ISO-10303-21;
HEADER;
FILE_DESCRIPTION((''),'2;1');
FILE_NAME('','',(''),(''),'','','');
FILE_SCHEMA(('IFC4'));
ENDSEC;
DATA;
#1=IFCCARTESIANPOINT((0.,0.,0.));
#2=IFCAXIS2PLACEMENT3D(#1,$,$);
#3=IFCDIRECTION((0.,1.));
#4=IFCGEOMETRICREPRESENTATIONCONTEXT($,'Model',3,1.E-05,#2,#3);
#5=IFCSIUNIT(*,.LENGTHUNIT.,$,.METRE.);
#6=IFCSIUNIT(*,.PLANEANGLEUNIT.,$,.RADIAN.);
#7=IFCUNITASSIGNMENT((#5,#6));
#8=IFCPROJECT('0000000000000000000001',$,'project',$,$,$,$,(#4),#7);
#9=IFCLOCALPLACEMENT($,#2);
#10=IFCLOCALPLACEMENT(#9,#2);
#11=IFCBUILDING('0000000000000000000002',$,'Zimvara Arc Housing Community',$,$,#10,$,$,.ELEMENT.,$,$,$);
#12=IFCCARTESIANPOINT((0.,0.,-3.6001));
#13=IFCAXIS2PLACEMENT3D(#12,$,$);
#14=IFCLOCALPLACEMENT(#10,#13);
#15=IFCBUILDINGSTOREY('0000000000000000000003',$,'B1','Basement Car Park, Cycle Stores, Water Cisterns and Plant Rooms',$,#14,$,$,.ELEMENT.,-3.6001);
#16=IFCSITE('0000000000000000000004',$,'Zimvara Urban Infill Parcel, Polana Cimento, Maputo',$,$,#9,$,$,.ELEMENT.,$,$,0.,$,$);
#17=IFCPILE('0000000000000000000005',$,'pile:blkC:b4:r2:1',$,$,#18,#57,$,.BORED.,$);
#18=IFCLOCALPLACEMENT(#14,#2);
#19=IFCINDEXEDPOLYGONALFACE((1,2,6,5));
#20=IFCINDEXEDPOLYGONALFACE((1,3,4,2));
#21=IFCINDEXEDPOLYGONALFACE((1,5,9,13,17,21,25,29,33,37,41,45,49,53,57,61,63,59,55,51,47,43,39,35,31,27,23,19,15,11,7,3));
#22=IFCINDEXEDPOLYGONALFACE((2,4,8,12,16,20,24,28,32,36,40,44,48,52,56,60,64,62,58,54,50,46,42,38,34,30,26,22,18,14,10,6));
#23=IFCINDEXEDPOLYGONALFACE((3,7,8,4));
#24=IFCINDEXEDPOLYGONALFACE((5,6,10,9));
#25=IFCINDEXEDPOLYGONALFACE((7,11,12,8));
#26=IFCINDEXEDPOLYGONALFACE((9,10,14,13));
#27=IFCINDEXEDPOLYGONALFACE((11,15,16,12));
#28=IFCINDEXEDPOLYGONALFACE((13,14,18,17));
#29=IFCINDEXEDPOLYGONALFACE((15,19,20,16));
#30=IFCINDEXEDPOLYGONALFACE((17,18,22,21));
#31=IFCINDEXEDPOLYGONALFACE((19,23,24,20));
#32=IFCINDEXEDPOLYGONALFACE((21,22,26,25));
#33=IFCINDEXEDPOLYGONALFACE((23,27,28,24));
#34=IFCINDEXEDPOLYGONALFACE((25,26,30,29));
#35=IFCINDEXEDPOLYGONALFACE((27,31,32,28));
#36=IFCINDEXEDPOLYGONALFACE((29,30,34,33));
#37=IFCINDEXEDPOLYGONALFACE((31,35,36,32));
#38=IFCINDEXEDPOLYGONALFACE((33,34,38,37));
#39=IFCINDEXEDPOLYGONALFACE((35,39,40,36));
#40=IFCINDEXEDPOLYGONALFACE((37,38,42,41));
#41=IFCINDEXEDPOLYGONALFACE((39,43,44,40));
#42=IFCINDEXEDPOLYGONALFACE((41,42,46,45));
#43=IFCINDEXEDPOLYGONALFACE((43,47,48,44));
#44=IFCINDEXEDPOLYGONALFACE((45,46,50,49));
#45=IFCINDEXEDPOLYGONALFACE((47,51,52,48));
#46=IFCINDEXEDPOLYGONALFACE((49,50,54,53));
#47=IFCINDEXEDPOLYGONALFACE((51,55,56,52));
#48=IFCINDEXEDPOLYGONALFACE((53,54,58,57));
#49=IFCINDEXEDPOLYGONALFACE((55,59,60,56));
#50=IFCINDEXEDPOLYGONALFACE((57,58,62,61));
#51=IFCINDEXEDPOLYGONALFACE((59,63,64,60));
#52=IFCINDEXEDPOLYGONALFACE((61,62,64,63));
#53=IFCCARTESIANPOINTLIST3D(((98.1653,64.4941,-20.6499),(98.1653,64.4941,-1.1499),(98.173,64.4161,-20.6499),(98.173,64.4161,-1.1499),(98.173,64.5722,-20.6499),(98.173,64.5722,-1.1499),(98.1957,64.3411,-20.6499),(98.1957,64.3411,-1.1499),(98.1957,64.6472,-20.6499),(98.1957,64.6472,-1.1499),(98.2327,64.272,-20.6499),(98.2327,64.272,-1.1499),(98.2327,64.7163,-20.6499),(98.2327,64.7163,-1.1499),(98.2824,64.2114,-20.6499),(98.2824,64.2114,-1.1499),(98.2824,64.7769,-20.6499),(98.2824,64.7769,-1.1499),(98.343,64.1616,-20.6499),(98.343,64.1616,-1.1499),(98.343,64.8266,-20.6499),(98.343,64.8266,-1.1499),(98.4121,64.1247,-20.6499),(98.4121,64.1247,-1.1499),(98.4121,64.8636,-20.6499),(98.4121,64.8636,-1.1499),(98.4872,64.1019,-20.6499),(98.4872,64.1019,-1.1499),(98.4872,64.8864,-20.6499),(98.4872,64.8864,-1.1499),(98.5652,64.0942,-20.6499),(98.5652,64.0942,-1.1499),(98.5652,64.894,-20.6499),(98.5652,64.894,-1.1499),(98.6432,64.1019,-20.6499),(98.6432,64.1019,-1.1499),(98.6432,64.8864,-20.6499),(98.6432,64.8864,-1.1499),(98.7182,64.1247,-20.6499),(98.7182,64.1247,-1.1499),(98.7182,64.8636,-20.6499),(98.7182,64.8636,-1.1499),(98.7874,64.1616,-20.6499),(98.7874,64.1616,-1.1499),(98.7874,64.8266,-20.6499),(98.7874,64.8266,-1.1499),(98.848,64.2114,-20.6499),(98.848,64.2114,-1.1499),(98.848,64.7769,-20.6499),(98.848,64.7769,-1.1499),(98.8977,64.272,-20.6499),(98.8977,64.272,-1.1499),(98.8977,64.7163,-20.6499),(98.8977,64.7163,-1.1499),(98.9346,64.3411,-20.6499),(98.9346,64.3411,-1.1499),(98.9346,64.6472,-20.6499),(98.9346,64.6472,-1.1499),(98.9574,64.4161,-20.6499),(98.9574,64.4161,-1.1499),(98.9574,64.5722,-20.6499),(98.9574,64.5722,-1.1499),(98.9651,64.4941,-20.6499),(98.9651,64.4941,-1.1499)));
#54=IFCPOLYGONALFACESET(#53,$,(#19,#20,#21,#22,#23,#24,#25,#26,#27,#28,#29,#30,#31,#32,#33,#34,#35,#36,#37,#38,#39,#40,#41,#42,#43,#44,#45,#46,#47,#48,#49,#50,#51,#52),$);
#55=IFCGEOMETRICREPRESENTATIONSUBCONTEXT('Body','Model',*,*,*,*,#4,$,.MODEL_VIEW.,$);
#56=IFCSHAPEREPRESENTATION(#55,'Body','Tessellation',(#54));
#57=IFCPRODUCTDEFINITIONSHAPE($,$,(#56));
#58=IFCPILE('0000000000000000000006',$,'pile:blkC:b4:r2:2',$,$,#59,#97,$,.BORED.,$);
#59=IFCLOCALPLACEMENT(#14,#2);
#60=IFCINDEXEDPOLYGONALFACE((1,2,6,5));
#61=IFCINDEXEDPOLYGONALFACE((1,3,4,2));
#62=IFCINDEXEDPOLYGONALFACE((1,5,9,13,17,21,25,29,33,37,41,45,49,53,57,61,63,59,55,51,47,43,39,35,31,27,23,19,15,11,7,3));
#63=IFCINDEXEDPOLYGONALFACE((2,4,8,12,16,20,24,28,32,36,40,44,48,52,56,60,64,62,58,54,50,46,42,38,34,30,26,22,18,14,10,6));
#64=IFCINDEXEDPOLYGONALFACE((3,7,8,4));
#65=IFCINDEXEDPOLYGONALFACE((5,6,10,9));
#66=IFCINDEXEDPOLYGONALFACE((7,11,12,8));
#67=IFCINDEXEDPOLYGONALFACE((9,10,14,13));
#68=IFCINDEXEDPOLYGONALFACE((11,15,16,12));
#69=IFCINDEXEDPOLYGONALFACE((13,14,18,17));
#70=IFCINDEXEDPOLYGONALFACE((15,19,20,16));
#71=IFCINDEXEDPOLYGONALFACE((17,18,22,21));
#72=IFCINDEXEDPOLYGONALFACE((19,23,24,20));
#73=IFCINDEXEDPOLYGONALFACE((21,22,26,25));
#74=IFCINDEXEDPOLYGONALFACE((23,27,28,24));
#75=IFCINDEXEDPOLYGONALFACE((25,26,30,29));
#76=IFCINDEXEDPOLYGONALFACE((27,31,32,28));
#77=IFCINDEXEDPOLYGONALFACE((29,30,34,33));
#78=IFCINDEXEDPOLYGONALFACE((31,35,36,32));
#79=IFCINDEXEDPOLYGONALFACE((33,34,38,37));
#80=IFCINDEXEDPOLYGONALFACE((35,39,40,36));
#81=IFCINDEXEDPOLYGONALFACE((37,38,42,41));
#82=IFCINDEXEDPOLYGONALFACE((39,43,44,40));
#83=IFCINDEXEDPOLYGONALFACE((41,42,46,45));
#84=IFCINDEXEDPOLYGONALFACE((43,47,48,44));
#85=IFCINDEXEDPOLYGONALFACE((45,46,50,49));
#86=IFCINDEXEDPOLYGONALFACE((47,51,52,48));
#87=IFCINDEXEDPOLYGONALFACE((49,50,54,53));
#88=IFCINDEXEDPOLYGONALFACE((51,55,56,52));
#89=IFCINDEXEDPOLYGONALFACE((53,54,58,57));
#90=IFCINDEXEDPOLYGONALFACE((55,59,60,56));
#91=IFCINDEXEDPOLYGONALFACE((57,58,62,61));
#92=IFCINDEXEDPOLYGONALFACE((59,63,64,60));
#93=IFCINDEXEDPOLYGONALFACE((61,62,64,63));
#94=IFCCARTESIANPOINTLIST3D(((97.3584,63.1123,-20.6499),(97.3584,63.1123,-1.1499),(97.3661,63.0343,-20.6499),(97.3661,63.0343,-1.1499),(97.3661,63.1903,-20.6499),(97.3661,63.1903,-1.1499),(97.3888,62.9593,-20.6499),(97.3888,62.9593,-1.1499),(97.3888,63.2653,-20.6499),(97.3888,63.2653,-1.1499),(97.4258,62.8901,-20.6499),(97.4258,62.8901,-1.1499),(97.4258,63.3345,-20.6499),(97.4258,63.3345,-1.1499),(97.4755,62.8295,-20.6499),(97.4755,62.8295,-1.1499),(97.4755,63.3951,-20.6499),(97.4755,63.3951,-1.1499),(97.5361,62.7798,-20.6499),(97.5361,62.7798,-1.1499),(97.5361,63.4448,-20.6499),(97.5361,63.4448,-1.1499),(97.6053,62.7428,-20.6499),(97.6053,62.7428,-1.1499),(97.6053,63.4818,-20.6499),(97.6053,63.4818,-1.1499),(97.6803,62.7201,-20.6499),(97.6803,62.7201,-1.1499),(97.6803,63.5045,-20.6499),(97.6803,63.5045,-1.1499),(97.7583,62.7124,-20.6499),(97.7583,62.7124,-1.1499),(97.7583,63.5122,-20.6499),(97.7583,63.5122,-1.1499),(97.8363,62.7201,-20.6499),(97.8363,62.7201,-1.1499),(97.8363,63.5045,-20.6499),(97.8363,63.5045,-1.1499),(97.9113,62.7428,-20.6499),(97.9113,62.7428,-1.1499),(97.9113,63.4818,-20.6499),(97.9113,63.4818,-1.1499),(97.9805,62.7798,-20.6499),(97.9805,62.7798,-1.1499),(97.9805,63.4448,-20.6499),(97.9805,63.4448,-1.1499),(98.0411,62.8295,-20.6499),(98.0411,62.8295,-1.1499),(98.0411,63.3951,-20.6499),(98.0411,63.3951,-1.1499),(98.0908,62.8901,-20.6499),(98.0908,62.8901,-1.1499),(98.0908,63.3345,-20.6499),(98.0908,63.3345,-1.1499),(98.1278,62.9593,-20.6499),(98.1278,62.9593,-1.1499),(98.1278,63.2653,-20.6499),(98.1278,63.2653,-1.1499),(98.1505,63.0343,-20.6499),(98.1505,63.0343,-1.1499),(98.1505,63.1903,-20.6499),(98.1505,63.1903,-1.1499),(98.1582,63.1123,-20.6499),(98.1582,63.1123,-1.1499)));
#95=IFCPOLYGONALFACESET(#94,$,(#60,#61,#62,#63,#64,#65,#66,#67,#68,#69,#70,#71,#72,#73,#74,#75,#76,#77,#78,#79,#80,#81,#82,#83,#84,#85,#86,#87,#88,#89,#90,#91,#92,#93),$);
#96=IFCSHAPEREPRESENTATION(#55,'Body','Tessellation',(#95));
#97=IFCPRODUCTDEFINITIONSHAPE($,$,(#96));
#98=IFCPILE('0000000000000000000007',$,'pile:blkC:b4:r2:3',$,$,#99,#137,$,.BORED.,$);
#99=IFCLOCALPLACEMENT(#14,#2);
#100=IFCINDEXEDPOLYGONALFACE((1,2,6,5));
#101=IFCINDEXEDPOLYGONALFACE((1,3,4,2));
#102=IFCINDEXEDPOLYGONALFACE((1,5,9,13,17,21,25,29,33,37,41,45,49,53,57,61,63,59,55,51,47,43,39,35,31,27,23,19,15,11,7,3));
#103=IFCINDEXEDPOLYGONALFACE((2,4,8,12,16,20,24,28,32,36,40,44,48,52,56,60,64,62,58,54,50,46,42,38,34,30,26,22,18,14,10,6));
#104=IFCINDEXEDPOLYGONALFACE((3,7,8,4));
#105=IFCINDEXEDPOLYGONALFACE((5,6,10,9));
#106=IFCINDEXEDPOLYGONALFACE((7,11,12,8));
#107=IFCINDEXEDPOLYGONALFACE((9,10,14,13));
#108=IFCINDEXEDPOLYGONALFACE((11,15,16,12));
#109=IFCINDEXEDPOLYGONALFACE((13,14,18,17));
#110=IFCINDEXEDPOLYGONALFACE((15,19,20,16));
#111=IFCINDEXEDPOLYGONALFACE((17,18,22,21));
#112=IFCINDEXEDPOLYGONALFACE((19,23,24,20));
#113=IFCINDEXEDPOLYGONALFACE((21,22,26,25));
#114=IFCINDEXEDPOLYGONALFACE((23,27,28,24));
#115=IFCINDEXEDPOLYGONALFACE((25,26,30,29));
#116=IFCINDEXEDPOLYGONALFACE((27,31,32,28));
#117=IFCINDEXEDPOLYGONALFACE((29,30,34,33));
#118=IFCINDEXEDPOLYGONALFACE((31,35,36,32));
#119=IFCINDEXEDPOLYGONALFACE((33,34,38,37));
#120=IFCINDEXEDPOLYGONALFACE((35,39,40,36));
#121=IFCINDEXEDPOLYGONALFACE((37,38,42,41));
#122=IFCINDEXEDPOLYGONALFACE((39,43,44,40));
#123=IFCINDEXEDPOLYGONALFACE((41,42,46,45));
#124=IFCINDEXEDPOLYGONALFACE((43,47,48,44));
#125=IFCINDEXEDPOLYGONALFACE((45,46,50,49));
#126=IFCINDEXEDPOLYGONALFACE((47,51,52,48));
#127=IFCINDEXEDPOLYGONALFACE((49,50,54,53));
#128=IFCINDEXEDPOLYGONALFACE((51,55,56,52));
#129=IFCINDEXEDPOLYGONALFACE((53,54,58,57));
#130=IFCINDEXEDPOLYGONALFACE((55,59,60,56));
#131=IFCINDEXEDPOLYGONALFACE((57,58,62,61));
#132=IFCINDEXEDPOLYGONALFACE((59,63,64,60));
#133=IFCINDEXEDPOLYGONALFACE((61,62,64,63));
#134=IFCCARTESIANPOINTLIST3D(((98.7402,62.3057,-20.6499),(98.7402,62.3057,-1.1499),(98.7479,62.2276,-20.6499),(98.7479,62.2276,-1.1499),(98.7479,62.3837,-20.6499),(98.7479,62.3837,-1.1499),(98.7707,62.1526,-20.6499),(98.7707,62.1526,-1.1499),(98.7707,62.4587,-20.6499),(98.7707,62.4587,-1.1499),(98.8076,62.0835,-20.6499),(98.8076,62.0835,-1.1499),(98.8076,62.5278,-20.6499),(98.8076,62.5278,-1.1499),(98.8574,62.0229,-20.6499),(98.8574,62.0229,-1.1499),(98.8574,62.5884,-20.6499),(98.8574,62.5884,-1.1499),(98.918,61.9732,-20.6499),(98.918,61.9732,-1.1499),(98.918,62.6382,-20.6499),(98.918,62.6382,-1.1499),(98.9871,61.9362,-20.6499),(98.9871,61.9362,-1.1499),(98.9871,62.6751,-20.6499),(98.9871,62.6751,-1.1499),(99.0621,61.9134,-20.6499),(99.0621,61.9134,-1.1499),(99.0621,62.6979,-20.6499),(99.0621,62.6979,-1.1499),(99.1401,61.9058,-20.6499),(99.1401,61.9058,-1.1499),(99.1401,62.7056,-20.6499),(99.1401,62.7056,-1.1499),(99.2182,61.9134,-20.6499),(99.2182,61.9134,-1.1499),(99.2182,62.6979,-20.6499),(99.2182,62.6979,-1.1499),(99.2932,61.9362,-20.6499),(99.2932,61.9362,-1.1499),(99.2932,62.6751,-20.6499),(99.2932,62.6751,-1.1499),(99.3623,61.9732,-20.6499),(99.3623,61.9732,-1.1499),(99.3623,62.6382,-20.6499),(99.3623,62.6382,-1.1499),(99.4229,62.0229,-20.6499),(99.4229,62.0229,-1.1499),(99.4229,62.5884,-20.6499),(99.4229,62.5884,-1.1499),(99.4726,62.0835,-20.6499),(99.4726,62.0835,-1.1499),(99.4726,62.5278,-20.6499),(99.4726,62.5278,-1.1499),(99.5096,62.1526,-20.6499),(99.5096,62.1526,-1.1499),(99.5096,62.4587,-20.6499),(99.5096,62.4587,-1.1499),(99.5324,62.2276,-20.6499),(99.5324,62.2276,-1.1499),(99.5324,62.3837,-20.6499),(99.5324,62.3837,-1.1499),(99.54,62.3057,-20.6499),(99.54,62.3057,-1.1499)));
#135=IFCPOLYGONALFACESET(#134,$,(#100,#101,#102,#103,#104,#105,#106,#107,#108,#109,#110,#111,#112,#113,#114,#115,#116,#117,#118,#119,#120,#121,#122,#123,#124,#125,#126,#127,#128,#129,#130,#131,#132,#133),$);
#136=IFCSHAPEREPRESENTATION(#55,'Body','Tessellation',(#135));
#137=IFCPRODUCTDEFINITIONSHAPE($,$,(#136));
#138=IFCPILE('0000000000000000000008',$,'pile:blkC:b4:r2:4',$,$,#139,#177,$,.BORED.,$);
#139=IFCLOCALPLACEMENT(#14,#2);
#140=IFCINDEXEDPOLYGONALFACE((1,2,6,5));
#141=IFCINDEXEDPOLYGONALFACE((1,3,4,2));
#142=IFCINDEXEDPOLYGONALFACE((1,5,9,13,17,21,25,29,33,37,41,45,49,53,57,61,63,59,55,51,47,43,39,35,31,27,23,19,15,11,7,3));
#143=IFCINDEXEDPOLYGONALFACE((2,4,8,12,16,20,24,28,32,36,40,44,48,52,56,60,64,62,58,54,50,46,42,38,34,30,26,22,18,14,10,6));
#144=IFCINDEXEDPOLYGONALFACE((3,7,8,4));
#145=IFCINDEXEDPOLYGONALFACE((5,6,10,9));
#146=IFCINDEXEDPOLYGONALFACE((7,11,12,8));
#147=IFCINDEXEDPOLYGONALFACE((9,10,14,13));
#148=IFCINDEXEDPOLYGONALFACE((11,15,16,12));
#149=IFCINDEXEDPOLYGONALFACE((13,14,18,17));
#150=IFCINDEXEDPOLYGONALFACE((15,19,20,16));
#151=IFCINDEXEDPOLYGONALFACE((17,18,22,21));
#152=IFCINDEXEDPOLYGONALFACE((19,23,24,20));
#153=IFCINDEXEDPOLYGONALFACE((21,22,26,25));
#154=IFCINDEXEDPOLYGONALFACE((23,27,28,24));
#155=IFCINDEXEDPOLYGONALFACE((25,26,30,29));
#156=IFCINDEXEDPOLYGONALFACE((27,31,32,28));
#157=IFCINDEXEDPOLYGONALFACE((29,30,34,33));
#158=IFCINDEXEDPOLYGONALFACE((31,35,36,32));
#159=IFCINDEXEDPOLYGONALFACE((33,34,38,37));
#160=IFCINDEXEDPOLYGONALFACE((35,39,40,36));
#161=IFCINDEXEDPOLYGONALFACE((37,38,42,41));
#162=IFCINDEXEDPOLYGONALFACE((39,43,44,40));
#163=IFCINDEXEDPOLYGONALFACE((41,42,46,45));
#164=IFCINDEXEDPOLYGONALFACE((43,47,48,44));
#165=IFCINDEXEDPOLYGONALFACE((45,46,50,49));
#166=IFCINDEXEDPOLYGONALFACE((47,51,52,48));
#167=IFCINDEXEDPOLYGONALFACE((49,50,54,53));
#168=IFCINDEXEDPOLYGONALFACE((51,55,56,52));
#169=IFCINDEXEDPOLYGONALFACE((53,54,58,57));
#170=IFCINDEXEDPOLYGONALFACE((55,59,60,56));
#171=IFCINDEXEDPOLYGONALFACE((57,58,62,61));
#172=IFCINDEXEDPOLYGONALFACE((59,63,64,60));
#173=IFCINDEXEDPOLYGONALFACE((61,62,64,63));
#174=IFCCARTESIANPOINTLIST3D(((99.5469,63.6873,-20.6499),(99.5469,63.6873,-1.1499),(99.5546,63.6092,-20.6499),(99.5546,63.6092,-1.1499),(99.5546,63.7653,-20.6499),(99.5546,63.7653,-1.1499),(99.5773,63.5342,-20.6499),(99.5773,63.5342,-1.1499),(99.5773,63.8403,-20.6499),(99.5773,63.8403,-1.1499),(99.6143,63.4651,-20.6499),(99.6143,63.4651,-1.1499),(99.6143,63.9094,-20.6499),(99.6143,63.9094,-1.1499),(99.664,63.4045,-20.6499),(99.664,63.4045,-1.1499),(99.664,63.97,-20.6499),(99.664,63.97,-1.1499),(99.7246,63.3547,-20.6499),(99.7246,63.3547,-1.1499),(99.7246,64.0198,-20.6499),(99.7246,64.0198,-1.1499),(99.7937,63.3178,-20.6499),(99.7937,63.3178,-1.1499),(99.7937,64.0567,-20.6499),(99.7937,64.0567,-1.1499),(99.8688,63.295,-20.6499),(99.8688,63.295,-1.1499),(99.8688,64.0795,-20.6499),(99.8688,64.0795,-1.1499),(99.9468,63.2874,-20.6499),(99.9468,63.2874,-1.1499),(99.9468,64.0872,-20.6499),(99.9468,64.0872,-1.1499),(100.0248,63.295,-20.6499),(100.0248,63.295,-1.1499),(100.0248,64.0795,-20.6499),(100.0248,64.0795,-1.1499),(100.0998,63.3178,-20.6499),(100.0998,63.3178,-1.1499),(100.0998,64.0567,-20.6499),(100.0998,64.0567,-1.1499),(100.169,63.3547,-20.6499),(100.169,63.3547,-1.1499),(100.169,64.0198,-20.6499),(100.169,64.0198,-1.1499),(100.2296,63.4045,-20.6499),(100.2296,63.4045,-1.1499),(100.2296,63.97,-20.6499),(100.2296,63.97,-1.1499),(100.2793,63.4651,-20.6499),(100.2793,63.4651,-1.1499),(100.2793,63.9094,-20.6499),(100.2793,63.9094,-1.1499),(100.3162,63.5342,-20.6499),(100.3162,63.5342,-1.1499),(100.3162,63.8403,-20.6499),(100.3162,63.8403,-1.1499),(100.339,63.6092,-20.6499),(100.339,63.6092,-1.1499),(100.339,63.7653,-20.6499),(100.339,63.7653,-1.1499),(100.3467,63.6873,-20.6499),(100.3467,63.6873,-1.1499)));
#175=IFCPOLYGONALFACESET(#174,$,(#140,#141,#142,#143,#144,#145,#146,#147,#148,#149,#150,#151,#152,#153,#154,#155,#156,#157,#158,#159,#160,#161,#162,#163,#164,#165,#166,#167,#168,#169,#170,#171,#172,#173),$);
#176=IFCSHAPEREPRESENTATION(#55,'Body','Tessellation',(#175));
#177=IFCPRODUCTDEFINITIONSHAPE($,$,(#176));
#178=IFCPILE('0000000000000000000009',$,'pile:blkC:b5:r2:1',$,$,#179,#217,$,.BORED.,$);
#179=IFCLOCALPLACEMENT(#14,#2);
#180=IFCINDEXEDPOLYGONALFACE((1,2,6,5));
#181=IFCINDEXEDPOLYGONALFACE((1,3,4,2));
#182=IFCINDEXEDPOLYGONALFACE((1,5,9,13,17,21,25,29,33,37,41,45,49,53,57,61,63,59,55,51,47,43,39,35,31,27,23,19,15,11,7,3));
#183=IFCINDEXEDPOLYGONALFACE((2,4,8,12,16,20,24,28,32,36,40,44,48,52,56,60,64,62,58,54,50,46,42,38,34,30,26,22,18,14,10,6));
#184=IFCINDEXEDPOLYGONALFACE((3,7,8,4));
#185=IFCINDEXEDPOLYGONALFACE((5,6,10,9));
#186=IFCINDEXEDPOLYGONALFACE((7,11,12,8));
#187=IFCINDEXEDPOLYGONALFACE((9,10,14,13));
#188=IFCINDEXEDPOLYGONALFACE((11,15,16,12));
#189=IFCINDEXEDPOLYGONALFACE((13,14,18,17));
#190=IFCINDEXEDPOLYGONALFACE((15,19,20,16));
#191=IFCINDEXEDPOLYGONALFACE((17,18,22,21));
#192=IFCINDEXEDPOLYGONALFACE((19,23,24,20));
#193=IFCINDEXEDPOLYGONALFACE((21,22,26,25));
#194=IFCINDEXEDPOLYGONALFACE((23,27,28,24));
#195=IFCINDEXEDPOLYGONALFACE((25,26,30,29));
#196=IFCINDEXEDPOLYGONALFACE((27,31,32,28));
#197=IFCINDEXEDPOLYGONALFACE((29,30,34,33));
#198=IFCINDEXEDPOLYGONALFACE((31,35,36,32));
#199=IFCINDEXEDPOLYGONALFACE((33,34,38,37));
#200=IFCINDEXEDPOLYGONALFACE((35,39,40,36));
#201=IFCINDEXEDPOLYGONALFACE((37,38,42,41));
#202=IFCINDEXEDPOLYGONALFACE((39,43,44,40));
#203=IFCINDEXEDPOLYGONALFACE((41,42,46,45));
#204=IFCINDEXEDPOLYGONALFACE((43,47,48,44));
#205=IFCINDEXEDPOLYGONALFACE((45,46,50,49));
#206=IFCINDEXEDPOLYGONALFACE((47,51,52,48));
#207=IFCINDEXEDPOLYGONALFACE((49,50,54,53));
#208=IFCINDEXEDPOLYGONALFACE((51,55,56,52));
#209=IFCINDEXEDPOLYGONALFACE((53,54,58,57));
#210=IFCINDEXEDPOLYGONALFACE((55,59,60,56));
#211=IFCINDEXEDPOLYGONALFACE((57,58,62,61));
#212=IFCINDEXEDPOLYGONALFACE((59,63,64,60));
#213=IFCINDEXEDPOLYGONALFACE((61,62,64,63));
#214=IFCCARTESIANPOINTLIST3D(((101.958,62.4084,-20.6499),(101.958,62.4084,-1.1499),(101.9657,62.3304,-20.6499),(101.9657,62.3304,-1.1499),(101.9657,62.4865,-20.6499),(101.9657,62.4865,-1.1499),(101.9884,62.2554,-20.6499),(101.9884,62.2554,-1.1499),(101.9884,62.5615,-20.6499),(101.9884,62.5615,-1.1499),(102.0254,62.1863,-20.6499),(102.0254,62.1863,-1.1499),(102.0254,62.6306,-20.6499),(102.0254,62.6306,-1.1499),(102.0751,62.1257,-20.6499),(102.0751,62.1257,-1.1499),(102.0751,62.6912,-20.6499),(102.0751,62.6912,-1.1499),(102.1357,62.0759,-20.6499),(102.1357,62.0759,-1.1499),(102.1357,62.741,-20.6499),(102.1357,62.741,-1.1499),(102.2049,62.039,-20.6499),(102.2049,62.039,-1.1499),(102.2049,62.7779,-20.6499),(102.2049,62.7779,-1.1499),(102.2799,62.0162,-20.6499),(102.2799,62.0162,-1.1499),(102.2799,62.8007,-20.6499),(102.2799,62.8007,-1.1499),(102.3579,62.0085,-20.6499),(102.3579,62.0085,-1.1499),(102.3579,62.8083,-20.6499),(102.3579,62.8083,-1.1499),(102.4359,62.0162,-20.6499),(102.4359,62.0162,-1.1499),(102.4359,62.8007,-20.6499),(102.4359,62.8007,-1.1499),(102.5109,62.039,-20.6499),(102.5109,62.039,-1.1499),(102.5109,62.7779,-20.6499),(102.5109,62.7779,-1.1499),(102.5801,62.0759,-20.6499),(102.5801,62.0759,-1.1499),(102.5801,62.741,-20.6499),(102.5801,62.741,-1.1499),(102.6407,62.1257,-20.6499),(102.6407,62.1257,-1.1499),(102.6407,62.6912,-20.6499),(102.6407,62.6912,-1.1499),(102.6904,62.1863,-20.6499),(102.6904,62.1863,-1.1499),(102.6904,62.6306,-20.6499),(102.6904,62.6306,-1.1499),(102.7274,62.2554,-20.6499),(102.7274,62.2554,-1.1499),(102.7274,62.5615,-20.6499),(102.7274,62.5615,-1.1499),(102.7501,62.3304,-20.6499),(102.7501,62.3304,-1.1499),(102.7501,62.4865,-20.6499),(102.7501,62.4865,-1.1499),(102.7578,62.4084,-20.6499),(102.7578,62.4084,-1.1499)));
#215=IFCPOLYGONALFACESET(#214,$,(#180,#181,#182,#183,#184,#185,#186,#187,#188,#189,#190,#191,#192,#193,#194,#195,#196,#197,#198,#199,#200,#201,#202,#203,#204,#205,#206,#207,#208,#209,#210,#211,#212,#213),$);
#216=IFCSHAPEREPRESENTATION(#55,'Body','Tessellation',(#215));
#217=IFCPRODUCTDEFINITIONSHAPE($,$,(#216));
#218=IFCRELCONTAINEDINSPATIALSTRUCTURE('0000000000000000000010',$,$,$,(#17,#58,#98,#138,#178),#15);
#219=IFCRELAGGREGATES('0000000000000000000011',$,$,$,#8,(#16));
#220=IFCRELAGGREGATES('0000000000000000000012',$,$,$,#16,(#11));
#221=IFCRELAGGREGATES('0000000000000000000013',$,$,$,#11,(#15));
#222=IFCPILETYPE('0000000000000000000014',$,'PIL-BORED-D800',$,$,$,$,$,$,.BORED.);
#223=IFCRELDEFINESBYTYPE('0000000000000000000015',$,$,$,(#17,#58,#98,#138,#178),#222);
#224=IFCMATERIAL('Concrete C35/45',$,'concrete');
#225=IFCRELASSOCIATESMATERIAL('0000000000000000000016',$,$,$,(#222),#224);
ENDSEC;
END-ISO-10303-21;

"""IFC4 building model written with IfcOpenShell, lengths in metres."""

from ifc_helpers import new_model, si_unit, direction, frame, origin, origin_2d, place, context, subcontext, project, spatial, circle, extrude, material, material_profile, profile_set, type_object, element, save


model = new_model("IFC4")

# Units and contexts
model_context = context("Model", 3, precision=1e-05, world=origin(), true_north=direction((0.0, 1.0)))
body_context = subcontext(model_context, "Body", "Model", "MODEL_VIEW")
ifc_project = project(units=[si_unit("LENGTHUNIT", "METRE"), si_unit("PLANEANGLEUNIT", "RADIAN")], contexts=[model_context])

# Site, building, storey
site_placement = place(None, origin())
site = spatial("IfcSite", under=ifc_project, at=site_placement, Name="Zimvara Urban Infill Parcel, Polana Cimento, Maputo", CompositionType="ELEMENT", RefElevation=0.0)
building_placement = place(site_placement, origin())
building = spatial("IfcBuilding", under=site, at=building_placement, Name="Zimvara Arc Housing Community", CompositionType="ELEMENT")
storey_placement = place(building_placement, frame((0.0, 0.0, -3.6001)))
storey = spatial("IfcBuildingStorey", under=building, at=storey_placement, Name="B1", Description="Basement Car Park, Cycle Stores, Water Cisterns and Plant Rooms", CompositionType="ELEMENT", Elevation=-3.6001)

# Piles
ifc_material_1 = material(Name="Concrete C35/45", Category="concrete")
ifc_material_profile_1 = material_profile(ifc_material_1, circle(Radius=0.3999, at=origin_2d()), Name="PILE D800")
ifc_profile_set_1 = profile_set([ifc_material_profile_1], Name="Concrete C35/45")
pile_type_1 = type_object("IfcPileType", Name="PIL-BORED-D800", PredefinedType="BORED", material=ifc_profile_set_1)
for number, where, z_axis, x_axis, name in (
    (1, (98.5652, 64.4941, -1.1499), (0.0, 0.0, -1.0), (1.0, 0.0, 0.0), "pile:blkC:b4:r2:1"),
    (2, (97.7583, 63.1123, -1.1499), (0.0, 0.0, -1.0), (1.0, 0.0, 0.0), "pile:blkC:b4:r2:2"),
    (3, (99.1401, 62.3057, -1.1499), (0.0, 0.0, -1.0), (1.0, 0.0, 0.0), "pile:blkC:b4:r2:3"),
    (4, (99.9468, 63.6873, -1.1499), (0.0, 0.0, -1.0), (1.0, 0.0, 0.0), "pile:blkC:b4:r2:4"),
    (5, (102.3579, 62.4084, -1.1499), (0.0, 0.0, -1.0), (1.0, 0.0, 0.0), "pile:blkC:b5:r2:1"),
):
    element("IfcPile", number, at=place(storey_placement, frame(where, z_axis=z_axis, x_axis=x_axis)), inside=storey, type_object=pile_type_1, Name=name, PredefinedType="BORED", context=body_context, shape_type="SweptSolid", body=[
        extrude(circle(Radius=0.3999, at=origin_2d()), origin(), (0.0, 0.0, 1.0), 19.5),
    ])

save(model, "model.ifc")
